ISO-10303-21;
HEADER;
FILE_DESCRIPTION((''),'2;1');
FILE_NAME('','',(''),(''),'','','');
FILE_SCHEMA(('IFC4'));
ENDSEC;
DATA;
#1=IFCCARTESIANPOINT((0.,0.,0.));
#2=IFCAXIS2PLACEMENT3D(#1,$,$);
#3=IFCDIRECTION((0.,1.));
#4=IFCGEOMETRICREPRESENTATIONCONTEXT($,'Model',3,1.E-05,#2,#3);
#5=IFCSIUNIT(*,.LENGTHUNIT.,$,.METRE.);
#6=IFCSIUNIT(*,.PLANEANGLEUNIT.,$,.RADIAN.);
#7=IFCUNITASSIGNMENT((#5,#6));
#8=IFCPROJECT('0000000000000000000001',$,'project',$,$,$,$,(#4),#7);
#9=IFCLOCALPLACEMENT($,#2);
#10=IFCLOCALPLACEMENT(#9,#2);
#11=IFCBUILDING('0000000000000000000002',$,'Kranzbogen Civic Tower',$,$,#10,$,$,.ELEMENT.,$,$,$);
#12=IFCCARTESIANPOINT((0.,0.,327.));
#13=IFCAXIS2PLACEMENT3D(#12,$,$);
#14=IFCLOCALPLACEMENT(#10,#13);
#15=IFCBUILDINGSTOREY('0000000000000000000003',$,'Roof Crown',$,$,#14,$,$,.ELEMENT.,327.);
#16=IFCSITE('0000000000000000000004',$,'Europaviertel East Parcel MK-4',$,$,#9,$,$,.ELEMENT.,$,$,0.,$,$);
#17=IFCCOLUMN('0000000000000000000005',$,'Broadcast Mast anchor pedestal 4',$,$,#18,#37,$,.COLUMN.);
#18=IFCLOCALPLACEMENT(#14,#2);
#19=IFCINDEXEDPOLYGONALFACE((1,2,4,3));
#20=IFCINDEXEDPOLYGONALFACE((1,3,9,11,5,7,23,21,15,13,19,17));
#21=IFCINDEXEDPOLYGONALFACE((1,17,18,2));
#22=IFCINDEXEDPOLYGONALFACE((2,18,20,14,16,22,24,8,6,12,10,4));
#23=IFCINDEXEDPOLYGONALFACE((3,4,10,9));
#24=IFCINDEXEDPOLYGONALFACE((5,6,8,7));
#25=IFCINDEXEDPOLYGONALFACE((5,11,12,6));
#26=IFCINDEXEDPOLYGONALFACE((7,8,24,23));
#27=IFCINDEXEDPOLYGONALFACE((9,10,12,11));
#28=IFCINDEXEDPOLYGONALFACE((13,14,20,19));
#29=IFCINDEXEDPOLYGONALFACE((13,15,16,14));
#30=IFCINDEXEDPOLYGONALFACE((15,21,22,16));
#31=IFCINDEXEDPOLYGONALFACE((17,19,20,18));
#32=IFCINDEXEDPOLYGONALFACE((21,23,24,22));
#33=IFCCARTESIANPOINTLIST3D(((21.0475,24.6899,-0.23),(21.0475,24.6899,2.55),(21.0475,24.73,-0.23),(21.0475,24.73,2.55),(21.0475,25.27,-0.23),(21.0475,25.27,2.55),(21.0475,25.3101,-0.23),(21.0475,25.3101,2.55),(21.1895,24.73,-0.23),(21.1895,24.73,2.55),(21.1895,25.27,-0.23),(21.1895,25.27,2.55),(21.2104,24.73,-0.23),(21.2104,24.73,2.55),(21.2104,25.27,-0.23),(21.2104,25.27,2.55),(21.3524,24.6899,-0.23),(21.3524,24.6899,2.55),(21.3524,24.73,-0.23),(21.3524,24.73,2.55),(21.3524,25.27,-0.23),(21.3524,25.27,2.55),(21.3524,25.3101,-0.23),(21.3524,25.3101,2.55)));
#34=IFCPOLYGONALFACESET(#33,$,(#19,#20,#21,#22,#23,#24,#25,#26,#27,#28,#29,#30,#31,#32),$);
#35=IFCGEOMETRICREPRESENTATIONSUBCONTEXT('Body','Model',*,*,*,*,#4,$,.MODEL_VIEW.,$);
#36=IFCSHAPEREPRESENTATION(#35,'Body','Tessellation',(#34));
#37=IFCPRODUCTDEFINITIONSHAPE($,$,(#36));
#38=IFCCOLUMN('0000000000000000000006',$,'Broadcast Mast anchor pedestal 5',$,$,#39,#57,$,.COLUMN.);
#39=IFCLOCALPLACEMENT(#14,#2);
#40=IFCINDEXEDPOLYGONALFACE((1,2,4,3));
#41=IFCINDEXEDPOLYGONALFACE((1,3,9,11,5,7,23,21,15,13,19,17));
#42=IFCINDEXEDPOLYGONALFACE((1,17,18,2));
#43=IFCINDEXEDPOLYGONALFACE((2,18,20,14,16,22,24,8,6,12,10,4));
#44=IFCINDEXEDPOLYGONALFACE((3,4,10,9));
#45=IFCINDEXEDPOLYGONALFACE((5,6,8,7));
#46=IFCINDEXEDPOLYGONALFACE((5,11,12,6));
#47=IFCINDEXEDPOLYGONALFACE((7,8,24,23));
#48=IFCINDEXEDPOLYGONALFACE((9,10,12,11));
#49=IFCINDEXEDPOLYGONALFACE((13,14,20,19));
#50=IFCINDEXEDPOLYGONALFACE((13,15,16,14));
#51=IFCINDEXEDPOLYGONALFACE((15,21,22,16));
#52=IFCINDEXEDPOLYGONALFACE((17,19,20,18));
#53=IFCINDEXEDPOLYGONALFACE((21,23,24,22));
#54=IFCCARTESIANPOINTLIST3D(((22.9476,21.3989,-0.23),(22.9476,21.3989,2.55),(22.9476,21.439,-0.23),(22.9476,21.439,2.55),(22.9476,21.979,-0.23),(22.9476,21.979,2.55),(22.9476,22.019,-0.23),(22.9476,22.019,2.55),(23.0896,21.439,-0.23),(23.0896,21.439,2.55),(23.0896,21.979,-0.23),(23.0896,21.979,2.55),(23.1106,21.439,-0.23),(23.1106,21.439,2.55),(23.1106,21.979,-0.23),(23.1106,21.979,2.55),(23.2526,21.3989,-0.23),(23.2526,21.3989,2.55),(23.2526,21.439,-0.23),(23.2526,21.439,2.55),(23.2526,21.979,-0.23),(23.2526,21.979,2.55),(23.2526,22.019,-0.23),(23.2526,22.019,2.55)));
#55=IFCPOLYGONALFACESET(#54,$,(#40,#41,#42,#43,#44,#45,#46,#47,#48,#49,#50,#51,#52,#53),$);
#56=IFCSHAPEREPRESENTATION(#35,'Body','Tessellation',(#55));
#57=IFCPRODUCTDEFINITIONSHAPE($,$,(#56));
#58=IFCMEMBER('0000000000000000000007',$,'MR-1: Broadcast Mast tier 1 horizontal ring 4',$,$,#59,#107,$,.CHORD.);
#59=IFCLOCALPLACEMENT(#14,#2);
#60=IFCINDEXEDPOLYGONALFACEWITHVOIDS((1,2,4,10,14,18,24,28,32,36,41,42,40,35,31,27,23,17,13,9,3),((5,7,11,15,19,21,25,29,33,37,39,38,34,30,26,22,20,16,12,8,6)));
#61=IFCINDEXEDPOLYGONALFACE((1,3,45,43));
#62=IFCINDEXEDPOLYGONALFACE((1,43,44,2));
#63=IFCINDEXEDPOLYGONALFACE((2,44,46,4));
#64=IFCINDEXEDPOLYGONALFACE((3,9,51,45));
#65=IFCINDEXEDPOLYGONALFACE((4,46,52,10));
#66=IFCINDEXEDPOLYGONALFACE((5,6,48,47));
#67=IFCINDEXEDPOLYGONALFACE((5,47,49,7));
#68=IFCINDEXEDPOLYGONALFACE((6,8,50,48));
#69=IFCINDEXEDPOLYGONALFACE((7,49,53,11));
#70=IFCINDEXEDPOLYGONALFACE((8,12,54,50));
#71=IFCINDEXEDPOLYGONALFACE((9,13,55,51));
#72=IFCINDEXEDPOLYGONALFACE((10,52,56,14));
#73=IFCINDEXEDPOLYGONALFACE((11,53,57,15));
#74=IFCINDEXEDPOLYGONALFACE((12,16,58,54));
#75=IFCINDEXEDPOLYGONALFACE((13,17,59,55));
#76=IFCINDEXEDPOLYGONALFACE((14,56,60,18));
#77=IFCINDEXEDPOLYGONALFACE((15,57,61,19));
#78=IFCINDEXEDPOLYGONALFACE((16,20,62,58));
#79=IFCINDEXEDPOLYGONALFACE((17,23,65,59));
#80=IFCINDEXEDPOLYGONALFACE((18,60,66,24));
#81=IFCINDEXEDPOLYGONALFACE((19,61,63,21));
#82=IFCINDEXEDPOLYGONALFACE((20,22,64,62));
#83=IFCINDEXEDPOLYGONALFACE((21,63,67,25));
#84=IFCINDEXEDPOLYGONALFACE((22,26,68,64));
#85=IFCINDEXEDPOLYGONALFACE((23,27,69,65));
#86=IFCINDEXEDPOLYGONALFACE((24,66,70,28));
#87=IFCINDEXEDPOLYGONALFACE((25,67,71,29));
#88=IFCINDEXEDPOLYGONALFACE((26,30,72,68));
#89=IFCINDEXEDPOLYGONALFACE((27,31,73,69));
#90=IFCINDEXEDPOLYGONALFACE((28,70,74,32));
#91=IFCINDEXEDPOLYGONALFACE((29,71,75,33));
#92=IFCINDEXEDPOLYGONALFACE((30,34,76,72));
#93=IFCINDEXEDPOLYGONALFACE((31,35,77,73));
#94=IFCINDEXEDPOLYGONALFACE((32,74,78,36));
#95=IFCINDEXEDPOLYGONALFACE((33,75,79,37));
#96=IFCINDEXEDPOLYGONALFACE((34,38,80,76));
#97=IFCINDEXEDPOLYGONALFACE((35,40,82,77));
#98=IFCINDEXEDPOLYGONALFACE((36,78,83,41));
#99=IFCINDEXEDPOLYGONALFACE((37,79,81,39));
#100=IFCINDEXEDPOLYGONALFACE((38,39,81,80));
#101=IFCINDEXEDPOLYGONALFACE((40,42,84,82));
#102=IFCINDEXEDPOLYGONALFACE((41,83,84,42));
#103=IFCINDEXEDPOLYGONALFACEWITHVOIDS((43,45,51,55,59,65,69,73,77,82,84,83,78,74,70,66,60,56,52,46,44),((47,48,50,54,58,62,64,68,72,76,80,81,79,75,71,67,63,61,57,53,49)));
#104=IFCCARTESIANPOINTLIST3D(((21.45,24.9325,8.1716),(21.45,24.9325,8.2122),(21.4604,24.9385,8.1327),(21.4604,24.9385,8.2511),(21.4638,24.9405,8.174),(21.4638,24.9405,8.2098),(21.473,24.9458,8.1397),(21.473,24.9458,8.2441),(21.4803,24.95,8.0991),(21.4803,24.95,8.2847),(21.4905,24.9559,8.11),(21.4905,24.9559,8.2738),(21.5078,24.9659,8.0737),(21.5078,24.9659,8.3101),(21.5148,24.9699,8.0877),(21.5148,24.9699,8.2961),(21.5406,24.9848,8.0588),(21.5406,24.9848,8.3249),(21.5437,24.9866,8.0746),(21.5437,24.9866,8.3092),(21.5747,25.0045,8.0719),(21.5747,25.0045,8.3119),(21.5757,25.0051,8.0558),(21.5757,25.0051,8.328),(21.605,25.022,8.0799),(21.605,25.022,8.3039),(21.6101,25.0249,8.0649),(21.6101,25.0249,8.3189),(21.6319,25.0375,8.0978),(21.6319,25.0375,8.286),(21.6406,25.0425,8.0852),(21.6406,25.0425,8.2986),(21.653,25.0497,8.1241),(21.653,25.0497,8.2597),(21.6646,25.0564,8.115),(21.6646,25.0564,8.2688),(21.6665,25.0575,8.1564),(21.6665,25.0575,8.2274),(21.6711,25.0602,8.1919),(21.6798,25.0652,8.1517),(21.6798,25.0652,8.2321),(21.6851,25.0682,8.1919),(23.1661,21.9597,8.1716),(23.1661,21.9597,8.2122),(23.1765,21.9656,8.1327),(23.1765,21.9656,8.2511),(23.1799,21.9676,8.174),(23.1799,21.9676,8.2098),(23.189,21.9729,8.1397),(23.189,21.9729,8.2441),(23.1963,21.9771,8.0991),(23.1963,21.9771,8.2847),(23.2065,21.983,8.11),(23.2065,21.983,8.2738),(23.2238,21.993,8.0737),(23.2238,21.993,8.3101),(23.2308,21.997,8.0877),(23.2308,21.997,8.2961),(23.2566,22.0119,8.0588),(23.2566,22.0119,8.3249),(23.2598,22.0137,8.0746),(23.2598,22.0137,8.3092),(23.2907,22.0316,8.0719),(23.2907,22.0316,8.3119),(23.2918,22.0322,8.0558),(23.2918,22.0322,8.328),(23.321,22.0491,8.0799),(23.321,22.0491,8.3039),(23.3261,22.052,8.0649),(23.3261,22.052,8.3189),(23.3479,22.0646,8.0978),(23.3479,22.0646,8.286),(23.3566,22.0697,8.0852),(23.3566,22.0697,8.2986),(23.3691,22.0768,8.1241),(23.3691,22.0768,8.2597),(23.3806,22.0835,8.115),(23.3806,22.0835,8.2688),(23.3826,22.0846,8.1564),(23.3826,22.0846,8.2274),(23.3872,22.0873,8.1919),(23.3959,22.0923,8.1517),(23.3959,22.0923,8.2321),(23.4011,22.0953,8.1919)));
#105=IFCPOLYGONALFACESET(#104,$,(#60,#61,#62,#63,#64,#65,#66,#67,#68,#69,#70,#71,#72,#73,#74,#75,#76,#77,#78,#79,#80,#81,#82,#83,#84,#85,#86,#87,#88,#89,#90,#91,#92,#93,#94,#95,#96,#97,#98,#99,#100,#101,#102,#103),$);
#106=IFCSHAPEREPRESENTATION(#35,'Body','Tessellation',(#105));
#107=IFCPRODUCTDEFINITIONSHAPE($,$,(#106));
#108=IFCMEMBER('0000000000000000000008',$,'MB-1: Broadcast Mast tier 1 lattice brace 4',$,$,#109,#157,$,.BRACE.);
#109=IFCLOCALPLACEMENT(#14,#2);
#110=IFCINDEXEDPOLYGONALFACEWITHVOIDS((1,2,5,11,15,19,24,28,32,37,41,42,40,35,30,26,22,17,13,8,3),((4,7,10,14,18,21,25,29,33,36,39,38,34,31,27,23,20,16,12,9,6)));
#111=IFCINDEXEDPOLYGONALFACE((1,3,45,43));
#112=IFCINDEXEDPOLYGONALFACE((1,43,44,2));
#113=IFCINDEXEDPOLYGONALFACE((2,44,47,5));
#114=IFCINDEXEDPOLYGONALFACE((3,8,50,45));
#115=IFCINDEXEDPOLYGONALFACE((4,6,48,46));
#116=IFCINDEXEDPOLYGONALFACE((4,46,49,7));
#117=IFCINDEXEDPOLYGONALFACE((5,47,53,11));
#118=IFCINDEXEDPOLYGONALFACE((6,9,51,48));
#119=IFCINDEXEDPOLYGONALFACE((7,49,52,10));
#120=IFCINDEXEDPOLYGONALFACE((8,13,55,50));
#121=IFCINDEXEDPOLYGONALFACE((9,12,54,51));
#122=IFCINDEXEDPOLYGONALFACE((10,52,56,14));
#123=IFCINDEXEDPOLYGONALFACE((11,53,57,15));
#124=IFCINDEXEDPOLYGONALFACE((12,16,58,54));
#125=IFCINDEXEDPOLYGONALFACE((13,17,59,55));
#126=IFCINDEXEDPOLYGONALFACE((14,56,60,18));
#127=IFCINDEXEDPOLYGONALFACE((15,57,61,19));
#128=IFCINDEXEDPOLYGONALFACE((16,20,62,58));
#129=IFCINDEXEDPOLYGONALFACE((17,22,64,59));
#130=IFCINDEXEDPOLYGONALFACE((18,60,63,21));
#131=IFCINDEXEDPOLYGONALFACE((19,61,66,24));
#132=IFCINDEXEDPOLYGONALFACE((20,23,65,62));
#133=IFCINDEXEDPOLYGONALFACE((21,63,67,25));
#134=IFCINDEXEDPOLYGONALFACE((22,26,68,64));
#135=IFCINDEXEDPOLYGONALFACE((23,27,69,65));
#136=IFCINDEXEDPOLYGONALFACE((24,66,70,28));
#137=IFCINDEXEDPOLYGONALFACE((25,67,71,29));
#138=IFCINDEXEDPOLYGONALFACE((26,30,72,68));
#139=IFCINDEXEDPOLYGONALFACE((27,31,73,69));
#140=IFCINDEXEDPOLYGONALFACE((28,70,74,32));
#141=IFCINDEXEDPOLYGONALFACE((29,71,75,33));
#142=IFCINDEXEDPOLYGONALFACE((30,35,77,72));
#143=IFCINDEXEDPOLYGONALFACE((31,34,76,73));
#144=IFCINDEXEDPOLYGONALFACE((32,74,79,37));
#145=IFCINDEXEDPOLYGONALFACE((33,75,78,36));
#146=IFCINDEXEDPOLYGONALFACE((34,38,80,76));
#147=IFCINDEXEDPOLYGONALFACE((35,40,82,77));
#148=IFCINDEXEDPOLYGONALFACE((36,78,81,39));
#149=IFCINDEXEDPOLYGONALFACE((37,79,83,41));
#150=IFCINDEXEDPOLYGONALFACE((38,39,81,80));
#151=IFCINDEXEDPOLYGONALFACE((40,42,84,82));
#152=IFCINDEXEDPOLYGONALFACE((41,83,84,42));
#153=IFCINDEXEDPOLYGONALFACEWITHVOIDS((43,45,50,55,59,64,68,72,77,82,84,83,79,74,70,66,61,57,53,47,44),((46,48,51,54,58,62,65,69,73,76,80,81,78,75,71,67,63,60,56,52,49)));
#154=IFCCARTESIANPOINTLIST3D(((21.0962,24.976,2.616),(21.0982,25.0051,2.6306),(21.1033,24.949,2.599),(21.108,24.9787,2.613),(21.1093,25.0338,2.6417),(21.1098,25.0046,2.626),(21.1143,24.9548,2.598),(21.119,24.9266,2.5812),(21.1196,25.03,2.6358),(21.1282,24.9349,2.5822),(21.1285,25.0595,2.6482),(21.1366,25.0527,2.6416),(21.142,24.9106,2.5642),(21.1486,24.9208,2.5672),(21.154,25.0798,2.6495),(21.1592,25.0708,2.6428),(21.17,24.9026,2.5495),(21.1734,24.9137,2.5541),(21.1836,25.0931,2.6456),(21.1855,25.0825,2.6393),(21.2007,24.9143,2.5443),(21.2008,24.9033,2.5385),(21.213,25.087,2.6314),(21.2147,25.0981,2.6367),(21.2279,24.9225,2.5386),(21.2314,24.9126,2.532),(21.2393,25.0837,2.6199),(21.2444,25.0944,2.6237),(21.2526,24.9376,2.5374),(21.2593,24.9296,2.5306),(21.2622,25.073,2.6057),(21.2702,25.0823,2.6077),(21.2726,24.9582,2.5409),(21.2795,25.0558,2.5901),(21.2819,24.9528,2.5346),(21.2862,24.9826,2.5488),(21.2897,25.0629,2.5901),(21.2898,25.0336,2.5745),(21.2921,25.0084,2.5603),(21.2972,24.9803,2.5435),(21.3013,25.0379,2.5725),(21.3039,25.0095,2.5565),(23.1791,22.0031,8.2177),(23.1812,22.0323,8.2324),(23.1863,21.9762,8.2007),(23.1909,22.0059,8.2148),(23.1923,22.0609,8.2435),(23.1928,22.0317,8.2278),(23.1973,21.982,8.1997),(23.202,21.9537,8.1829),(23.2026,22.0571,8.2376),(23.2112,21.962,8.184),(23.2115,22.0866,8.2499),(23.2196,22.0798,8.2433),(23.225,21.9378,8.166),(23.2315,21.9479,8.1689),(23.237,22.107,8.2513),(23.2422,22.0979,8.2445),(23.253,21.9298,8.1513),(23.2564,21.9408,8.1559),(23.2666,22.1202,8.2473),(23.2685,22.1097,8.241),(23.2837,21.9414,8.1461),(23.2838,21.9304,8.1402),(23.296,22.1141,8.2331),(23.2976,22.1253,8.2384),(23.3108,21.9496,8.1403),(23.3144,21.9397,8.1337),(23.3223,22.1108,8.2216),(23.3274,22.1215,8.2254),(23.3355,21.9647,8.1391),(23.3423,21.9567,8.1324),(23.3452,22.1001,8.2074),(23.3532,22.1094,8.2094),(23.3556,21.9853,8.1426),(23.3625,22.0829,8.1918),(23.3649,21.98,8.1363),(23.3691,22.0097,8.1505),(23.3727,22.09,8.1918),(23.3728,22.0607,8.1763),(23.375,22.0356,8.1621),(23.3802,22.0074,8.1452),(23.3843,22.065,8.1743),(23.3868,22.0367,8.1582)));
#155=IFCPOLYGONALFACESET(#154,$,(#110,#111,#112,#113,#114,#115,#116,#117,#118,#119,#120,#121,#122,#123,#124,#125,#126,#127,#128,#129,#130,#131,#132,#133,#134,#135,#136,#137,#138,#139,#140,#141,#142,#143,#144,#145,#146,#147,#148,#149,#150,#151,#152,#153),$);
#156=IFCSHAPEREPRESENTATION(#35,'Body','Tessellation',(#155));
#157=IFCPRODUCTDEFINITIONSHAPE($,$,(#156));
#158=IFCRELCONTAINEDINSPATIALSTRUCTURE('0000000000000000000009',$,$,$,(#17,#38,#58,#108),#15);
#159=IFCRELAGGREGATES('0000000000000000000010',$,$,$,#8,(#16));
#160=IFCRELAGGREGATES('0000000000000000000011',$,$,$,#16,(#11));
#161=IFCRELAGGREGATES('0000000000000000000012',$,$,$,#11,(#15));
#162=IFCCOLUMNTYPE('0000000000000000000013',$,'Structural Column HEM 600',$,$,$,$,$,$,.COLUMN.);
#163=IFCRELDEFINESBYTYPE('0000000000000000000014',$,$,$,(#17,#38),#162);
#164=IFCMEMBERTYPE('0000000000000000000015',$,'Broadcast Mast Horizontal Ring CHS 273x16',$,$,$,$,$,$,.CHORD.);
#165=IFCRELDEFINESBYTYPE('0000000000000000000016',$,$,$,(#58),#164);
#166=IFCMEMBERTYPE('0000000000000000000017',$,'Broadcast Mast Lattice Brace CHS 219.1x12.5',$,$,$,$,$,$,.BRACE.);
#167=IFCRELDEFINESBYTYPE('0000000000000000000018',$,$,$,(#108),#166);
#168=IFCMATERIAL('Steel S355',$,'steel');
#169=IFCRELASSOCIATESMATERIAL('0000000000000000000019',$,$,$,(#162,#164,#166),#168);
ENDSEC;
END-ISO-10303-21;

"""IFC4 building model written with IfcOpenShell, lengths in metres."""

from ifc_helpers import new_model, si_unit, direction, frame, origin, origin_2d, place, context, subcontext, project, spatial, hollow_circle, i_section, extrude, material, material_profile, profile_set, type_object, element, save


model = new_model("IFC4")

# Units and contexts
model_context = context("Model", 3, precision=1e-05, world=origin(), true_north=direction((0.0, 1.0)))
body_context = subcontext(model_context, "Body", "Model", "MODEL_VIEW")
ifc_project = project(units=[si_unit("LENGTHUNIT", "METRE"), si_unit("PLANEANGLEUNIT", "RADIAN")], contexts=[model_context])

# Site, building, storey
site_placement = place(None, origin())
site = spatial("IfcSite", under=ifc_project, at=site_placement, Name="Europaviertel East Parcel MK-4", CompositionType="ELEMENT", RefElevation=0.0)
building_placement = place(site_placement, origin())
building = spatial("IfcBuilding", under=site, at=building_placement, Name="Kranzbogen Civic Tower", CompositionType="ELEMENT")
storey_placement = place(building_placement, frame((0.0, 0.0, 327.0)))
storey = spatial("IfcBuildingStorey", under=building, at=storey_placement, Name="Roof Crown", CompositionType="ELEMENT", Elevation=327.0)

# Columns
ifc_material_1 = material(Name="Steel S355", Category="steel")
ifc_material_profile_1 = material_profile(ifc_material_1, i_section(OverallWidth=0.3049, OverallDepth=0.6201, WebThickness=0.021, FlangeThickness=0.04, at=origin_2d()), Name="HEM 600")
ifc_profile_set_1 = profile_set([ifc_material_profile_1], Name="Steel S355")
column_type = type_object("IfcColumnType", Name="Structural Column HEM 600", PredefinedType="COLUMN", material=ifc_profile_set_1)
for number, where, z_axis, x_axis, name in (
    (1, (21.2, 25.0, -0.23), (0.0, 0.0, 1.0), (1.0, 0.0, 0.0), "Broadcast Mast anchor pedestal 4"),
    (2, (23.1001, 21.709, -0.23), (0.0, 0.0, 1.0), (1.0, 0.0, 0.0), "Broadcast Mast anchor pedestal 5"),
):
    element("IfcColumn", number, at=place(storey_placement, frame(where, z_axis=z_axis, x_axis=x_axis)), inside=storey, type_object=column_type, Name=name, PredefinedType="COLUMN", context=body_context, shape_type="SweptSolid", body=[
        extrude(i_section(OverallWidth=0.3049, OverallDepth=0.6201, WebThickness=0.021, FlangeThickness=0.04, at=origin_2d()), origin(), (0.0, 0.0, 1.0), 2.78),
    ])

# Members
ifc_material_profile_2 = material_profile(ifc_material_1, hollow_circle(Radius=0.1365, WallThickness=0.0161, at=origin_2d()), Name="CHS 273x16")
ifc_profile_set_2 = profile_set([ifc_material_profile_2], Name="Steel S355")
member_type_1 = type_object("IfcMemberType", Name="Broadcast Mast Horizontal Ring CHS 273x16", PredefinedType="CHORD", material=ifc_profile_set_2)
member_1_placement = place(storey_placement, frame((21.5669, 25.0, 8.1919), z_axis=(0.499926, -0.866068, 0.0), x_axis=(0.866068, 0.499926, 0.0)))
element("IfcMember", 3, at=member_1_placement, inside=storey, type_object=member_type_1, Name="MR-1: Broadcast Mast tier 1 horizontal ring 4", PredefinedType="CHORD", context=body_context, shape_type="SweptSolid", body=[
    extrude(hollow_circle(Radius=0.1365, WallThickness=0.0161, at=origin_2d()), origin(), (0.0, 0.0, 1.0), 3.4326),
])
ifc_material_profile_3 = material_profile(ifc_material_1, hollow_circle(Radius=0.1096, WallThickness=0.0125, at=origin_2d()), Name="CHS 219.1x12.5")
ifc_profile_set_3 = profile_set([ifc_material_profile_3], Name="Steel S355")
member_type_2 = type_object("IfcMemberType", Name="Broadcast Mast Lattice Brace CHS 219.1x12.5", PredefinedType="BRACE", material=ifc_profile_set_3)
member_2_placement = place(storey_placement, frame((21.2, 25.0, 2.5901), z_axis=(0.312055, -0.44537, 0.839206), x_axis=(0.818976, 0.573828, 0.0)))
element("IfcMember", 4, at=member_2_placement, inside=storey, type_object=member_type_2, Name="MB-1: Broadcast Mast tier 1 lattice brace 4", PredefinedType="BRACE", context=body_context, shape_type="SweptSolid", body=[
    extrude(hollow_circle(Radius=0.1096, WallThickness=0.0125, at=origin_2d()), origin(), (0.0, 0.0, 1.0), 6.675),
])

save(model, "model.ifc")
